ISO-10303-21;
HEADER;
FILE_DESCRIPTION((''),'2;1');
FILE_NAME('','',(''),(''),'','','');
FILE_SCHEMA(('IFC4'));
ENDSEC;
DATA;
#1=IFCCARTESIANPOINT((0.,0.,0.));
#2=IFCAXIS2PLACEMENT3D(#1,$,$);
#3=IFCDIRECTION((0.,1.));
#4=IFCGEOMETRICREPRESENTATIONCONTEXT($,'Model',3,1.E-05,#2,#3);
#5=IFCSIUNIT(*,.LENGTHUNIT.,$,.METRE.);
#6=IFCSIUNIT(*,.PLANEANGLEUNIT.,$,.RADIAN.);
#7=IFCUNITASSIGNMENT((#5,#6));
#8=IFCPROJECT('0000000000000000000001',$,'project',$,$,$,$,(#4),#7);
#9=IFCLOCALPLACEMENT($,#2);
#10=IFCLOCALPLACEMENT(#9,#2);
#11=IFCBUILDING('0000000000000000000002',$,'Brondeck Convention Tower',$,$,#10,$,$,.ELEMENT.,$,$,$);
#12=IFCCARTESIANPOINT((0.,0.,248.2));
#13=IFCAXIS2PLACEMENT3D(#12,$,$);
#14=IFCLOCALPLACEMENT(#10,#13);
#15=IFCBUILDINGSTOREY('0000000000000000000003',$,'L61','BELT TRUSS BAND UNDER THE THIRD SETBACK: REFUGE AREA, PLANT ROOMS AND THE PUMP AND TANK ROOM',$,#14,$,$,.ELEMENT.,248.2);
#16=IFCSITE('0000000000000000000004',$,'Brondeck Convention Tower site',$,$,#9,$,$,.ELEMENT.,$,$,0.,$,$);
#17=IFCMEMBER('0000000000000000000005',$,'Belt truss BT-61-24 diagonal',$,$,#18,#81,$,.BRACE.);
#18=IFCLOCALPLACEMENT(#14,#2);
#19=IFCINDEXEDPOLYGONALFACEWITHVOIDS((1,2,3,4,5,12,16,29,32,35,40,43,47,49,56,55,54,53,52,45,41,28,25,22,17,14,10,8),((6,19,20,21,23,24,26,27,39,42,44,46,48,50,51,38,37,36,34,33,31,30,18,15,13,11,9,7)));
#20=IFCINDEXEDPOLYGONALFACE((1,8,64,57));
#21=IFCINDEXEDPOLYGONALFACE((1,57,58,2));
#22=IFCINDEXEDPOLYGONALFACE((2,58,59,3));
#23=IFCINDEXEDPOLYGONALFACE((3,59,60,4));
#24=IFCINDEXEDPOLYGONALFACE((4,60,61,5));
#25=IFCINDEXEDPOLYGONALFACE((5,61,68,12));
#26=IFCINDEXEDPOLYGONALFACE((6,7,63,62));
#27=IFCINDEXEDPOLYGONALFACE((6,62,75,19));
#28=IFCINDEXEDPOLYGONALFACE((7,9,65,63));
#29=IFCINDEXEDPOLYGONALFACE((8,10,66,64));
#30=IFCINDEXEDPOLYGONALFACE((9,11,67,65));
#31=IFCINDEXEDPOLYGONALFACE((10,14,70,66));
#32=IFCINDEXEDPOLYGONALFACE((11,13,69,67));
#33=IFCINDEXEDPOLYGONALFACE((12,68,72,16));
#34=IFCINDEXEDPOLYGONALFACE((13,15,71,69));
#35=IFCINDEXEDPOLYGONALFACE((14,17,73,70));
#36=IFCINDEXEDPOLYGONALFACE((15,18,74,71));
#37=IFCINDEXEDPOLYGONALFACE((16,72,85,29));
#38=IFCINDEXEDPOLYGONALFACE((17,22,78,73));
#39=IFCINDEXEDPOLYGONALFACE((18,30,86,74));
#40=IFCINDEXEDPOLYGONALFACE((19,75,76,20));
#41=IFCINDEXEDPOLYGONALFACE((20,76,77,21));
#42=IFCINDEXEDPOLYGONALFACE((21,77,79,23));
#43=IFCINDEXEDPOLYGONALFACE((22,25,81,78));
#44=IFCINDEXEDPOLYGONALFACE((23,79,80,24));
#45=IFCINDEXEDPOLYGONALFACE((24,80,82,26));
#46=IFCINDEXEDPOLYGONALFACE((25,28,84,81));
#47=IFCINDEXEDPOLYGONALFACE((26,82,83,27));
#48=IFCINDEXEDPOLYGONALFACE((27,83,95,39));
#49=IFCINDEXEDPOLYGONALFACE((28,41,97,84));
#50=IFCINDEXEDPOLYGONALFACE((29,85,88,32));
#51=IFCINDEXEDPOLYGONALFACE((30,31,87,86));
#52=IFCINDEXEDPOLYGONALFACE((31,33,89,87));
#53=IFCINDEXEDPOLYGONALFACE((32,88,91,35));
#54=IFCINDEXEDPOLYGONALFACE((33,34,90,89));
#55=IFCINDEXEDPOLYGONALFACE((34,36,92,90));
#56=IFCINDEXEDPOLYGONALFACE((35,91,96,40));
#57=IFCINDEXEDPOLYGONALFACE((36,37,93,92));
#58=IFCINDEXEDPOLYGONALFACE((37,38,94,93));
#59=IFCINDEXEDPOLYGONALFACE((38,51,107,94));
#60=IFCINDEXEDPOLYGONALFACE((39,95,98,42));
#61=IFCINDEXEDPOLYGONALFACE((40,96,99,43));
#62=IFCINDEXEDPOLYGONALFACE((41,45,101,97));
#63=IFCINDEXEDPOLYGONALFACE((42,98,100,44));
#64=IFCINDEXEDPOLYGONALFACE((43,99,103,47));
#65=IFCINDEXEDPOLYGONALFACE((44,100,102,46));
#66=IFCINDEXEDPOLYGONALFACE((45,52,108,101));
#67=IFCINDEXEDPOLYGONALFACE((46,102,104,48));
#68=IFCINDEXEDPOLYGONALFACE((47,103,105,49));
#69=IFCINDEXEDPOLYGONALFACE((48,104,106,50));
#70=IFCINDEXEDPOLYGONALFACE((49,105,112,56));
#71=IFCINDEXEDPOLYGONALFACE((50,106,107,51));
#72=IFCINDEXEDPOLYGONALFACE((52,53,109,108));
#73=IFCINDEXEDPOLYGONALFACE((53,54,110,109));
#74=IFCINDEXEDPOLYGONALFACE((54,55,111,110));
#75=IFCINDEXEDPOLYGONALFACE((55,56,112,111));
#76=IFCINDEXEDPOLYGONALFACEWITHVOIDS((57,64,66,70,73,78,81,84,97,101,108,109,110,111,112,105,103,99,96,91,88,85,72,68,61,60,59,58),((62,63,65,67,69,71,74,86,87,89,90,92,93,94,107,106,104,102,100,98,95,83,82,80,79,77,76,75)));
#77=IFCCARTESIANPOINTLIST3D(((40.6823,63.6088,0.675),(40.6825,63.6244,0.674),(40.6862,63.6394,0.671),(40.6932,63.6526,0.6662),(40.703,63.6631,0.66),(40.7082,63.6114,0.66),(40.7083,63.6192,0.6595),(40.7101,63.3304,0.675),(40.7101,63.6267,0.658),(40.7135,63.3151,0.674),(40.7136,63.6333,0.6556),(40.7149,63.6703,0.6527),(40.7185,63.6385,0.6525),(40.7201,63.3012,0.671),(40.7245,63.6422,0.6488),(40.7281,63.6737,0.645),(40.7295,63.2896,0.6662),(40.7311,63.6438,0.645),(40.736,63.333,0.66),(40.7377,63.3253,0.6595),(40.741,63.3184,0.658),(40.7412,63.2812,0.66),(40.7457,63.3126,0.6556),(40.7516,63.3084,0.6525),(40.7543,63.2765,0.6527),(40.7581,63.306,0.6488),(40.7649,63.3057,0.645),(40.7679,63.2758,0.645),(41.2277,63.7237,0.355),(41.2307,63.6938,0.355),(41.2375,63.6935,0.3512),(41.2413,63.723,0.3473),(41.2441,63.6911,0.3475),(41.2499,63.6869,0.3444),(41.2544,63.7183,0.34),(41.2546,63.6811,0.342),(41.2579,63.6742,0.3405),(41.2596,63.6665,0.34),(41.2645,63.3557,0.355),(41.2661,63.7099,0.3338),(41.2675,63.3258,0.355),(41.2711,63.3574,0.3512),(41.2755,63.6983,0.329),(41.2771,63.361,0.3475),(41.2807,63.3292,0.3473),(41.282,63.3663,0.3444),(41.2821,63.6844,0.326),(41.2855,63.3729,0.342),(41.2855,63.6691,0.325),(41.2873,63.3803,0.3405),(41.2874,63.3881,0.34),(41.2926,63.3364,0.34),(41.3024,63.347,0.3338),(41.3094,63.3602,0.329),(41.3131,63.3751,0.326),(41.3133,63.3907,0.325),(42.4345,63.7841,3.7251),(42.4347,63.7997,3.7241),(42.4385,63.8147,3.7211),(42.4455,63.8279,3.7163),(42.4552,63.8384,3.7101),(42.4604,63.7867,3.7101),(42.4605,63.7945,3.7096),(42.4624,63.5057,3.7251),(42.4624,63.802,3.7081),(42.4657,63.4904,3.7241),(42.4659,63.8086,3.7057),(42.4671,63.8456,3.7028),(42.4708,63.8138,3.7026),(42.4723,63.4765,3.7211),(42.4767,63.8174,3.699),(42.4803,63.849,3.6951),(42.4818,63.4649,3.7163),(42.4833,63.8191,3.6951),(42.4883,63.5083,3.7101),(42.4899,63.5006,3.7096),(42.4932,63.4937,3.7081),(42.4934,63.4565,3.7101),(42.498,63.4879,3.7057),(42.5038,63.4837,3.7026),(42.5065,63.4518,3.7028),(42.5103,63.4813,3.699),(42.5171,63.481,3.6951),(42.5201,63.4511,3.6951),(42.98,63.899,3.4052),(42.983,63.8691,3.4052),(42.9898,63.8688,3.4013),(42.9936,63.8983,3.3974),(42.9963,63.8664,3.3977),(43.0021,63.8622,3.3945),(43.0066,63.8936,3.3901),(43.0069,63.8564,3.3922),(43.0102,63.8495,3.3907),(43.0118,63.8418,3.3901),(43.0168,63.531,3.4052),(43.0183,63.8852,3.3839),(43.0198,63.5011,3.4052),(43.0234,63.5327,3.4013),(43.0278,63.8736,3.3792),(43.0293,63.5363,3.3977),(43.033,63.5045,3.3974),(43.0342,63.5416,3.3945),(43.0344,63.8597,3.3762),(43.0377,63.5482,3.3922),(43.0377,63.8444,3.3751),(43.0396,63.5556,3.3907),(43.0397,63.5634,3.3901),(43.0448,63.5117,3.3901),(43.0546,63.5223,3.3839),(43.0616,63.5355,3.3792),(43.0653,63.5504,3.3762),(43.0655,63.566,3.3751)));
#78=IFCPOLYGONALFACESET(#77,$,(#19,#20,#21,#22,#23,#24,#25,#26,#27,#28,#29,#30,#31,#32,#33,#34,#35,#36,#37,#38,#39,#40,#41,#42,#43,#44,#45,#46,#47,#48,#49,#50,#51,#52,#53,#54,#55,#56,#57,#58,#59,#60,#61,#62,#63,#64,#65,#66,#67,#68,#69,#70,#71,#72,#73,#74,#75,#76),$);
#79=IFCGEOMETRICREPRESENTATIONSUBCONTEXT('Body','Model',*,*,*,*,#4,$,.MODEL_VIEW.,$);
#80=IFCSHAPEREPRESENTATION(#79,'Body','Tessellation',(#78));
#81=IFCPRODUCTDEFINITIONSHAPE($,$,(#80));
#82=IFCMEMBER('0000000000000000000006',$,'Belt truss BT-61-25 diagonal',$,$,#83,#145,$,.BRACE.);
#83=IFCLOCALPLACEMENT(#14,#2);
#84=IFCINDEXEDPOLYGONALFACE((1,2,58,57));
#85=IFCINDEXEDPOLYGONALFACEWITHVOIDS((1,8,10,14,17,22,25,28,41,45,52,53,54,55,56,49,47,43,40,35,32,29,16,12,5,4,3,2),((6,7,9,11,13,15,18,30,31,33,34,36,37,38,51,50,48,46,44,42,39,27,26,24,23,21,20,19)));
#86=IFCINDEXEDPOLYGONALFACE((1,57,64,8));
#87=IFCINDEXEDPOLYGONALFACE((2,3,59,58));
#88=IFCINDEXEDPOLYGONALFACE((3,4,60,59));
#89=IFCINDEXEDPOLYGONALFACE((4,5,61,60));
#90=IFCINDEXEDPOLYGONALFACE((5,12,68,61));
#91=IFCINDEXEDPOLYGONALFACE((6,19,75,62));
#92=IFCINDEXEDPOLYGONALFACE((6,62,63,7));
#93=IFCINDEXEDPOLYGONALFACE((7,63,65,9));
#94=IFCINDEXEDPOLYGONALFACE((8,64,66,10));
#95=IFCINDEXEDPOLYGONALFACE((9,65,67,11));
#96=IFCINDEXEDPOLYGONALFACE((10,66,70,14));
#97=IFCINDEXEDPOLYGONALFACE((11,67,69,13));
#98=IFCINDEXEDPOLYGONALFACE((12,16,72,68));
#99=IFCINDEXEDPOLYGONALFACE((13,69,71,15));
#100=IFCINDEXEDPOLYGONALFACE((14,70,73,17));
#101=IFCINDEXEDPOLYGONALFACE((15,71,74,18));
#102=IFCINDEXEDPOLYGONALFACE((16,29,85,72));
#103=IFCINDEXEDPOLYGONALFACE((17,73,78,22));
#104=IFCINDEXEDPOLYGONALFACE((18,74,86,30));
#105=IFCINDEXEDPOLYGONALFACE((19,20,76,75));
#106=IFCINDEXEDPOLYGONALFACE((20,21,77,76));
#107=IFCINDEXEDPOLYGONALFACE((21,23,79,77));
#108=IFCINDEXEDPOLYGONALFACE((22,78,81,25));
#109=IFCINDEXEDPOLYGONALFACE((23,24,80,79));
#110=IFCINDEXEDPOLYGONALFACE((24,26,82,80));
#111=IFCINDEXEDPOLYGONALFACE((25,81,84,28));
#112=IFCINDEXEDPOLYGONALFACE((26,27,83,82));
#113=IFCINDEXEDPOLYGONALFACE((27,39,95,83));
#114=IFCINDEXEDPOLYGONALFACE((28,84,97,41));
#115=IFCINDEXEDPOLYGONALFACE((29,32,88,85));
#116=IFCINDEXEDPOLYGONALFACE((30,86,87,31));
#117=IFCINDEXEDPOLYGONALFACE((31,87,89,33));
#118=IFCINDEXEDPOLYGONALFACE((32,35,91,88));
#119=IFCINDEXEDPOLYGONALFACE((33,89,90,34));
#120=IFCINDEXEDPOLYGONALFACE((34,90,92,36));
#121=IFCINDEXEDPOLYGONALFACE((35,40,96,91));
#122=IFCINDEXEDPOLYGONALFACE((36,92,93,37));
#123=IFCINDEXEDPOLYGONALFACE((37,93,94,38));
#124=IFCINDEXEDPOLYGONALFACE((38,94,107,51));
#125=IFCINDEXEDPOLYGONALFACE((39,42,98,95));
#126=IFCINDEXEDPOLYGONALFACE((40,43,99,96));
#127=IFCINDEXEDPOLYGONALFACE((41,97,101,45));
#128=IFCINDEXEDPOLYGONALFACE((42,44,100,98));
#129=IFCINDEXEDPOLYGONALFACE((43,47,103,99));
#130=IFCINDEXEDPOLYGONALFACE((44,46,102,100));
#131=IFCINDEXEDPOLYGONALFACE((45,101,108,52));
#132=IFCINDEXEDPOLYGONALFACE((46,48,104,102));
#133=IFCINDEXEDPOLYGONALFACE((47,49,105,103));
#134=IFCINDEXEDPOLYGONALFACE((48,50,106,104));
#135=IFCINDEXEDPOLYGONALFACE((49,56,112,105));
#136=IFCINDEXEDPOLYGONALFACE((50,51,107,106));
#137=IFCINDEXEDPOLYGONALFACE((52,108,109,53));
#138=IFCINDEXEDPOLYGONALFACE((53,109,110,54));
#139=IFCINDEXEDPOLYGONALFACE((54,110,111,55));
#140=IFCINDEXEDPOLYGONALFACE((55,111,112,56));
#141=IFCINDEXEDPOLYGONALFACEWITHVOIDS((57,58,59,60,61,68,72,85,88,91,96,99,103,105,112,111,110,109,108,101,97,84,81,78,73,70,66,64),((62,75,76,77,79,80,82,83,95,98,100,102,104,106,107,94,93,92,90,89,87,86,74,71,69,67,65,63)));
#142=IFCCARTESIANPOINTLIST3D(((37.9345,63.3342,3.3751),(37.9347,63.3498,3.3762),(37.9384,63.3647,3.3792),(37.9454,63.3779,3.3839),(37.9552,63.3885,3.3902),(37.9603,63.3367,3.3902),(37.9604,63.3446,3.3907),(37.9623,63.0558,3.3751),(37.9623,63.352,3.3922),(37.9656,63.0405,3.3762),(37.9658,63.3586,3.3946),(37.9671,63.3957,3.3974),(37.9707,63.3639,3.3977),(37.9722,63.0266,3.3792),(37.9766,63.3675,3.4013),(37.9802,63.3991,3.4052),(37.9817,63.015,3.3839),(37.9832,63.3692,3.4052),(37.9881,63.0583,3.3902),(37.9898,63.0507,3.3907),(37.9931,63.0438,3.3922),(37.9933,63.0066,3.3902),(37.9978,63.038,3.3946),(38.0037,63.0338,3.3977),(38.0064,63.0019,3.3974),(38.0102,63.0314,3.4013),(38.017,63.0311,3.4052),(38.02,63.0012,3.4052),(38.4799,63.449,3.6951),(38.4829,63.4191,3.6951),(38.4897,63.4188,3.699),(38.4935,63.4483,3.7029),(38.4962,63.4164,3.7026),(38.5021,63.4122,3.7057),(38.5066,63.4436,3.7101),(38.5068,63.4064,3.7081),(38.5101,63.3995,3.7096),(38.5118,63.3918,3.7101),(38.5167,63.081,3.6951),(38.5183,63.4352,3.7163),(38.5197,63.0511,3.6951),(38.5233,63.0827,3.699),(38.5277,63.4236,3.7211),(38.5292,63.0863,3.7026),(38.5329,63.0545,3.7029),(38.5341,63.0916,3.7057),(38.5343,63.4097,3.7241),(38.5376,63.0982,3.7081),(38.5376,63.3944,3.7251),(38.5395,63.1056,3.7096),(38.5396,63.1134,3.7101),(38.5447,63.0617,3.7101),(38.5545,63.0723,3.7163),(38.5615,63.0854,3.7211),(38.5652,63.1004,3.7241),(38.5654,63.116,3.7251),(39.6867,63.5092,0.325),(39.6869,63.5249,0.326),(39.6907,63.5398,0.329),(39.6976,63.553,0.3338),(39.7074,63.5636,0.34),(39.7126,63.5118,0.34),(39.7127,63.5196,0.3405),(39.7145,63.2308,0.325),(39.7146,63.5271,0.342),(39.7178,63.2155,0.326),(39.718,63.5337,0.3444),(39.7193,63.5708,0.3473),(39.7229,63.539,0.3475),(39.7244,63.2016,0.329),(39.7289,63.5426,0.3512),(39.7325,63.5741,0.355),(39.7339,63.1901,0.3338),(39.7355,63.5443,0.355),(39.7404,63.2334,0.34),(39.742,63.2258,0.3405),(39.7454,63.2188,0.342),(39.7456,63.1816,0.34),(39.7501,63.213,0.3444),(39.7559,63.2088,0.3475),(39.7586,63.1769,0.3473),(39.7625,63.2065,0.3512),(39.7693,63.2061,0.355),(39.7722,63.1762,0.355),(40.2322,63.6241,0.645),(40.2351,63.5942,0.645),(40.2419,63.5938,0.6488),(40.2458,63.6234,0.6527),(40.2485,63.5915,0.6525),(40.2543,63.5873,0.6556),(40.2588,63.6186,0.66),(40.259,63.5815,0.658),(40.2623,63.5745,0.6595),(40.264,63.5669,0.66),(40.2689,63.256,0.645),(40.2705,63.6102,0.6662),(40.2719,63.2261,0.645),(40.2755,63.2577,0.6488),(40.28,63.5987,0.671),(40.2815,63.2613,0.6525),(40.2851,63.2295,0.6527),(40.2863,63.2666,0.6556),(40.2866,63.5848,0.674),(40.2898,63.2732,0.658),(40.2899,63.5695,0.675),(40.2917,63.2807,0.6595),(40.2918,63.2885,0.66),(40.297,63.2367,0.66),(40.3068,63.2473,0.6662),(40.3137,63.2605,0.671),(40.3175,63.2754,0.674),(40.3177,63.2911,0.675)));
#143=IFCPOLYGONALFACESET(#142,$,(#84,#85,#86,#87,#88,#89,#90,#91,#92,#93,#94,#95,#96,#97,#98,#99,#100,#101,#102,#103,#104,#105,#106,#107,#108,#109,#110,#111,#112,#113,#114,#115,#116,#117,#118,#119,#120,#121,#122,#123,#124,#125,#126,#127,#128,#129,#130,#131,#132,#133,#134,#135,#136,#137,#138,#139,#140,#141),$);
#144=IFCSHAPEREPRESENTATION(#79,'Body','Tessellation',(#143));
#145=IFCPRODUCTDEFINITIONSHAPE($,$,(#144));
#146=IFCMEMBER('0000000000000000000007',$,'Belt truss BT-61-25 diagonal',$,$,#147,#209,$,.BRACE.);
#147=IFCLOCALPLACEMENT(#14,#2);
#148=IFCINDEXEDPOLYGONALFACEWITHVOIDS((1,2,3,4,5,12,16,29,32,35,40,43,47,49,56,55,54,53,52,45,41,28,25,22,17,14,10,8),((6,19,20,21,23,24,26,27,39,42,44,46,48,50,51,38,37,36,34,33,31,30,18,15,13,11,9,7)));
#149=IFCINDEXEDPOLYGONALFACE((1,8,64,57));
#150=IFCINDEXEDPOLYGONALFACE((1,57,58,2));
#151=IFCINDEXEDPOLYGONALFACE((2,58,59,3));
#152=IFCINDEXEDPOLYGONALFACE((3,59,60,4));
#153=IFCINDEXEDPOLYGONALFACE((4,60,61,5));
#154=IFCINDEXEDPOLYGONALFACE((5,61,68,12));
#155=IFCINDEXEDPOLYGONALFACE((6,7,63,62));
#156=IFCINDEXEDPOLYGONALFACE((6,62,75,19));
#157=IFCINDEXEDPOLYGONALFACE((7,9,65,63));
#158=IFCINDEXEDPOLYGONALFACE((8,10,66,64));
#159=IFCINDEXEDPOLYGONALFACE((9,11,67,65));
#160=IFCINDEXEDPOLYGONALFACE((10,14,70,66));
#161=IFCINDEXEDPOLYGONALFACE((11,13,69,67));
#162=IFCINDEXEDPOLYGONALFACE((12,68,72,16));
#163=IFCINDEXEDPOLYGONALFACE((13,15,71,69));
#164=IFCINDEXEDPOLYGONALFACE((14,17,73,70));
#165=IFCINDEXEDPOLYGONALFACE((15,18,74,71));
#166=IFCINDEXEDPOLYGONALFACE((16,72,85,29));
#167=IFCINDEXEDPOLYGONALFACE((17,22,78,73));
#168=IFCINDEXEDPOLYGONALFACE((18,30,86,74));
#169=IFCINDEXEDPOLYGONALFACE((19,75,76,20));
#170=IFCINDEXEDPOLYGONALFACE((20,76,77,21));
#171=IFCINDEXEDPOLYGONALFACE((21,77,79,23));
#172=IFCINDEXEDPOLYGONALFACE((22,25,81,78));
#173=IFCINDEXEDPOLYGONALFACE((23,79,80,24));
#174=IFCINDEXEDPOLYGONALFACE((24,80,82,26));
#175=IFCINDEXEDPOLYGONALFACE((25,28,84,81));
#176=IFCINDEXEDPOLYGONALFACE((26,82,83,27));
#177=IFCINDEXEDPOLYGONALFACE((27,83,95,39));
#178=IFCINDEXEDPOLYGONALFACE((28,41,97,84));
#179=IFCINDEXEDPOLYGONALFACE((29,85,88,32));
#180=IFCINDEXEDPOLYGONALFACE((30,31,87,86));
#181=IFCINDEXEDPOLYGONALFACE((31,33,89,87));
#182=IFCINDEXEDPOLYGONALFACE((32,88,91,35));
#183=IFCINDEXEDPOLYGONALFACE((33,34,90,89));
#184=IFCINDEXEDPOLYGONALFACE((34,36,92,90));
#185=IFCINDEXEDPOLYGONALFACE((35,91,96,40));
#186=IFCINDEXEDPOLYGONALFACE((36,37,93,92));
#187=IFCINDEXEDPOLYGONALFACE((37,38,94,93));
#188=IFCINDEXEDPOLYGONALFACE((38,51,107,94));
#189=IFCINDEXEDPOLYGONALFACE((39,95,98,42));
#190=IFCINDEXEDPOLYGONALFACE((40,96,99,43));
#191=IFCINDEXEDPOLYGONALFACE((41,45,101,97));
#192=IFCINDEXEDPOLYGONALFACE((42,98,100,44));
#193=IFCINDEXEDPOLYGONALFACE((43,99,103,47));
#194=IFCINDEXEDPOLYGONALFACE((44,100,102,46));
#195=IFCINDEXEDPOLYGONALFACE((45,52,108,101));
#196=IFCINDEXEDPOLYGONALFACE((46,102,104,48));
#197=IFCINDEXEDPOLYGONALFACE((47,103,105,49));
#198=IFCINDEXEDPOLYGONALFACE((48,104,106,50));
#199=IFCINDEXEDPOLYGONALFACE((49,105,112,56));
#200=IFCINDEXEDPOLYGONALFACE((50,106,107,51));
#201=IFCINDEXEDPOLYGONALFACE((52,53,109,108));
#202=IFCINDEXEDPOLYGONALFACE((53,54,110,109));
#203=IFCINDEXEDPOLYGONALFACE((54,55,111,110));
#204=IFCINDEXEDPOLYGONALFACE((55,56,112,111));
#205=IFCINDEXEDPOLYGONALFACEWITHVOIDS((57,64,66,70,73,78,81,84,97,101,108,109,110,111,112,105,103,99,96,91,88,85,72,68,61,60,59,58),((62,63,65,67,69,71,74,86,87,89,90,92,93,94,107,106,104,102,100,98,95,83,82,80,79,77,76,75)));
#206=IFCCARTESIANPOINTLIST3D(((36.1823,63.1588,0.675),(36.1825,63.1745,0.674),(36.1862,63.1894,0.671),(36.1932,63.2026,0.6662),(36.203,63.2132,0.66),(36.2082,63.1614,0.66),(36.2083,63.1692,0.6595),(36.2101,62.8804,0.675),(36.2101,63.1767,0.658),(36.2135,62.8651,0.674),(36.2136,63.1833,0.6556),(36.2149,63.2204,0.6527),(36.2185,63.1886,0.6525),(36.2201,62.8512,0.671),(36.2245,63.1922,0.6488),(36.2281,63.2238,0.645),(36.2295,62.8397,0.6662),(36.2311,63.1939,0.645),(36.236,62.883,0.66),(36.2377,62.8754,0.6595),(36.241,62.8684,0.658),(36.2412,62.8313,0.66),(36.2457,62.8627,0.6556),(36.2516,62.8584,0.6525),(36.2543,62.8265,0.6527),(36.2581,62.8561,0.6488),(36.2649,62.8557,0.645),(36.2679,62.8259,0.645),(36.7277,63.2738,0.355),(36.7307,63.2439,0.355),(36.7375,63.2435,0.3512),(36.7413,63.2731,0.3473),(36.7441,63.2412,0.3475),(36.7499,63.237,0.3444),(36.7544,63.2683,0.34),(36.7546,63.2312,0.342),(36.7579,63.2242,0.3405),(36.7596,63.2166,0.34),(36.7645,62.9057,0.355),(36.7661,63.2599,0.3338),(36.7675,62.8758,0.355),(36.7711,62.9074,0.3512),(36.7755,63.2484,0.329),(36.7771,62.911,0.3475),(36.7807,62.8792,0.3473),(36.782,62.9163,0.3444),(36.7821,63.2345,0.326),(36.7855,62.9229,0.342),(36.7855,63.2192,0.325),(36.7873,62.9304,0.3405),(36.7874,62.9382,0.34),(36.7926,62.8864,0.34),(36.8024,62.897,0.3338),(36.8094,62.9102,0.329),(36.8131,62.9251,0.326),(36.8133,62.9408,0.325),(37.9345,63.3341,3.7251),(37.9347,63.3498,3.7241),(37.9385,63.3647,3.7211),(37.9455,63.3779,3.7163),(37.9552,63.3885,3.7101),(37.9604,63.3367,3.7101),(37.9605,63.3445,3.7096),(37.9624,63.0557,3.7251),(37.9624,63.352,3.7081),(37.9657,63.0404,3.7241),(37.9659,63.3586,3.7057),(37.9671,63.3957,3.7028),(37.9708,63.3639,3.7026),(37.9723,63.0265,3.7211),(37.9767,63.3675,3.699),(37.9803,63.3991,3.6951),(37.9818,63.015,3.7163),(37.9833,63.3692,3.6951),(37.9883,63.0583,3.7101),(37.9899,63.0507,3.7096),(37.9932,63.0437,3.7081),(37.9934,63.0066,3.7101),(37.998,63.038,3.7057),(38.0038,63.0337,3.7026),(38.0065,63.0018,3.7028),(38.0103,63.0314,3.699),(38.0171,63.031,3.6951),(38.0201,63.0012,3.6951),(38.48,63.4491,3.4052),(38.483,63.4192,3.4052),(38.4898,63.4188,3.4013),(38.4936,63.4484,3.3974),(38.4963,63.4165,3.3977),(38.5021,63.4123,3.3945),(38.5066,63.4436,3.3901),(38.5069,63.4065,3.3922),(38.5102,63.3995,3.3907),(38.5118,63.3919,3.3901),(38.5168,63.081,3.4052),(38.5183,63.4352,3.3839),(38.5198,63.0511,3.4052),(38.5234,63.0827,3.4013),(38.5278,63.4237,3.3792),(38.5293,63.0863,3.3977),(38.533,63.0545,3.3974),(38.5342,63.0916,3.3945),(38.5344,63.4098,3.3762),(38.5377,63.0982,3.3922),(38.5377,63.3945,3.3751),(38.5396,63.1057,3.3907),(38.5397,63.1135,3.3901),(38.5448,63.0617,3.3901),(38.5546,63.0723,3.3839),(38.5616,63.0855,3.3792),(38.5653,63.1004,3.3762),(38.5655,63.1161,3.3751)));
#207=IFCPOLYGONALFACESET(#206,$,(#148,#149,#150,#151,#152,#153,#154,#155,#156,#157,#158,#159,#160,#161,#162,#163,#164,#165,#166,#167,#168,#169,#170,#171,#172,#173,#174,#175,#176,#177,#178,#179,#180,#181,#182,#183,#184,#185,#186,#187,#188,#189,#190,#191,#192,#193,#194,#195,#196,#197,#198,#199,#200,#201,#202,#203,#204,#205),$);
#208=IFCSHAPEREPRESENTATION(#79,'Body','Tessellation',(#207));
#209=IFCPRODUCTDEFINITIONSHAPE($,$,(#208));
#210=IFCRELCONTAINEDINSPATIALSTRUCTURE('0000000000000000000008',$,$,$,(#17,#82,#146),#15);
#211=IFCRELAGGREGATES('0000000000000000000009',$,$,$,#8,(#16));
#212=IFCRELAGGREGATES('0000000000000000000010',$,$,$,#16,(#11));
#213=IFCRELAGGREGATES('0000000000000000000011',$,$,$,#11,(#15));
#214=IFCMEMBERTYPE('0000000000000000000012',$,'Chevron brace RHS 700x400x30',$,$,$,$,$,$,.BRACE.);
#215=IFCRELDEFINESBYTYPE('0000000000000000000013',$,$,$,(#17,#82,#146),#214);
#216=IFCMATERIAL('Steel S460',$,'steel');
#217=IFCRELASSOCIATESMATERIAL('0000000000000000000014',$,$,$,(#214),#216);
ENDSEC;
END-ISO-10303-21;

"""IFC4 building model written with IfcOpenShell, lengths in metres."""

from ifc_helpers import new_model, si_unit, direction, frame, origin, origin_2d, place, context, subcontext, project, spatial, hollow_rectangle, extrude, material, material_profile, profile_set, type_object, element, save


model = new_model("IFC4")

# Units and contexts
model_context = context("Model", 3, precision=1e-05, world=origin(), true_north=direction((0.0, 1.0)))
body_context = subcontext(model_context, "Body", "Model", "MODEL_VIEW")
ifc_project = project(units=[si_unit("LENGTHUNIT", "METRE"), si_unit("PLANEANGLEUNIT", "RADIAN")], contexts=[model_context])

# Site, building, storey
site_placement = place(None, origin())
site = spatial("IfcSite", under=ifc_project, at=site_placement, Name="Brondeck Convention Tower site", CompositionType="ELEMENT", RefElevation=0.0)
building_placement = place(site_placement, origin())
building = spatial("IfcBuilding", under=site, at=building_placement, Name="Brondeck Convention Tower", CompositionType="ELEMENT")
storey_placement = place(building_placement, frame((0.0, 0.0, 248.2)))
storey = spatial("IfcBuildingStorey", under=building, at=storey_placement, Name="L61", Description="BELT TRUSS BAND UNDER THE THIRD SETBACK: REFUGE AREA, PLANT ROOMS AND THE PUMP AND TANK ROOM", CompositionType="ELEMENT", Elevation=248.2)

# Members
ifc_material_1 = material(Name="Steel S460", Category="steel")
ifc_material_profile_1 = material_profile(ifc_material_1, hollow_rectangle(XDim=0.3999, YDim=0.7, WallThickness=0.03, InnerFilletRadius=0.03, OuterFilletRadius=0.0601, at=origin_2d()), Name="RHS 700x400x30")
ifc_profile_set_1 = profile_set([ifc_material_profile_1], Name="Steel S460")
member_type_1 = type_object("IfcMemberType", Name="Chevron brace RHS 700x400x30", PredefinedType="BRACE", material=ifc_profile_set_1)
for number, where, z_axis, x_axis, name in (
    (1, (40.9978, 63.4998, 0.5), (0.497516, 0.049772, 0.866026), (-0.099545, 0.995033, 0.0), "Belt truss BT-61-24 diagonal"),
    (2, (40.0022, 63.4001, 0.5), (-0.497518, -0.049703, 0.866029), (0.099408, -0.995047, 0.0), "Belt truss BT-61-25 diagonal"),
    (3, (36.4978, 63.0498, 0.5), (0.497516, 0.049772, 0.866026), (-0.099545, 0.995033, 0.0), "Belt truss BT-61-25 diagonal"),
):
    element("IfcMember", number, at=place(storey_placement, frame(where, z_axis=z_axis, x_axis=x_axis)), inside=storey, type_object=member_type_1, Name=name, PredefinedType="BRACE", context=body_context, shape_type="SweptSolid", body=[
        extrude(hollow_rectangle(XDim=0.3999, YDim=0.7, WallThickness=0.03, InnerFilletRadius=0.03, OuterFilletRadius=0.0601, at=origin_2d()), origin(), (0.0, 0.0, 1.0), 3.522),
    ])

save(model, "model.ifc")
